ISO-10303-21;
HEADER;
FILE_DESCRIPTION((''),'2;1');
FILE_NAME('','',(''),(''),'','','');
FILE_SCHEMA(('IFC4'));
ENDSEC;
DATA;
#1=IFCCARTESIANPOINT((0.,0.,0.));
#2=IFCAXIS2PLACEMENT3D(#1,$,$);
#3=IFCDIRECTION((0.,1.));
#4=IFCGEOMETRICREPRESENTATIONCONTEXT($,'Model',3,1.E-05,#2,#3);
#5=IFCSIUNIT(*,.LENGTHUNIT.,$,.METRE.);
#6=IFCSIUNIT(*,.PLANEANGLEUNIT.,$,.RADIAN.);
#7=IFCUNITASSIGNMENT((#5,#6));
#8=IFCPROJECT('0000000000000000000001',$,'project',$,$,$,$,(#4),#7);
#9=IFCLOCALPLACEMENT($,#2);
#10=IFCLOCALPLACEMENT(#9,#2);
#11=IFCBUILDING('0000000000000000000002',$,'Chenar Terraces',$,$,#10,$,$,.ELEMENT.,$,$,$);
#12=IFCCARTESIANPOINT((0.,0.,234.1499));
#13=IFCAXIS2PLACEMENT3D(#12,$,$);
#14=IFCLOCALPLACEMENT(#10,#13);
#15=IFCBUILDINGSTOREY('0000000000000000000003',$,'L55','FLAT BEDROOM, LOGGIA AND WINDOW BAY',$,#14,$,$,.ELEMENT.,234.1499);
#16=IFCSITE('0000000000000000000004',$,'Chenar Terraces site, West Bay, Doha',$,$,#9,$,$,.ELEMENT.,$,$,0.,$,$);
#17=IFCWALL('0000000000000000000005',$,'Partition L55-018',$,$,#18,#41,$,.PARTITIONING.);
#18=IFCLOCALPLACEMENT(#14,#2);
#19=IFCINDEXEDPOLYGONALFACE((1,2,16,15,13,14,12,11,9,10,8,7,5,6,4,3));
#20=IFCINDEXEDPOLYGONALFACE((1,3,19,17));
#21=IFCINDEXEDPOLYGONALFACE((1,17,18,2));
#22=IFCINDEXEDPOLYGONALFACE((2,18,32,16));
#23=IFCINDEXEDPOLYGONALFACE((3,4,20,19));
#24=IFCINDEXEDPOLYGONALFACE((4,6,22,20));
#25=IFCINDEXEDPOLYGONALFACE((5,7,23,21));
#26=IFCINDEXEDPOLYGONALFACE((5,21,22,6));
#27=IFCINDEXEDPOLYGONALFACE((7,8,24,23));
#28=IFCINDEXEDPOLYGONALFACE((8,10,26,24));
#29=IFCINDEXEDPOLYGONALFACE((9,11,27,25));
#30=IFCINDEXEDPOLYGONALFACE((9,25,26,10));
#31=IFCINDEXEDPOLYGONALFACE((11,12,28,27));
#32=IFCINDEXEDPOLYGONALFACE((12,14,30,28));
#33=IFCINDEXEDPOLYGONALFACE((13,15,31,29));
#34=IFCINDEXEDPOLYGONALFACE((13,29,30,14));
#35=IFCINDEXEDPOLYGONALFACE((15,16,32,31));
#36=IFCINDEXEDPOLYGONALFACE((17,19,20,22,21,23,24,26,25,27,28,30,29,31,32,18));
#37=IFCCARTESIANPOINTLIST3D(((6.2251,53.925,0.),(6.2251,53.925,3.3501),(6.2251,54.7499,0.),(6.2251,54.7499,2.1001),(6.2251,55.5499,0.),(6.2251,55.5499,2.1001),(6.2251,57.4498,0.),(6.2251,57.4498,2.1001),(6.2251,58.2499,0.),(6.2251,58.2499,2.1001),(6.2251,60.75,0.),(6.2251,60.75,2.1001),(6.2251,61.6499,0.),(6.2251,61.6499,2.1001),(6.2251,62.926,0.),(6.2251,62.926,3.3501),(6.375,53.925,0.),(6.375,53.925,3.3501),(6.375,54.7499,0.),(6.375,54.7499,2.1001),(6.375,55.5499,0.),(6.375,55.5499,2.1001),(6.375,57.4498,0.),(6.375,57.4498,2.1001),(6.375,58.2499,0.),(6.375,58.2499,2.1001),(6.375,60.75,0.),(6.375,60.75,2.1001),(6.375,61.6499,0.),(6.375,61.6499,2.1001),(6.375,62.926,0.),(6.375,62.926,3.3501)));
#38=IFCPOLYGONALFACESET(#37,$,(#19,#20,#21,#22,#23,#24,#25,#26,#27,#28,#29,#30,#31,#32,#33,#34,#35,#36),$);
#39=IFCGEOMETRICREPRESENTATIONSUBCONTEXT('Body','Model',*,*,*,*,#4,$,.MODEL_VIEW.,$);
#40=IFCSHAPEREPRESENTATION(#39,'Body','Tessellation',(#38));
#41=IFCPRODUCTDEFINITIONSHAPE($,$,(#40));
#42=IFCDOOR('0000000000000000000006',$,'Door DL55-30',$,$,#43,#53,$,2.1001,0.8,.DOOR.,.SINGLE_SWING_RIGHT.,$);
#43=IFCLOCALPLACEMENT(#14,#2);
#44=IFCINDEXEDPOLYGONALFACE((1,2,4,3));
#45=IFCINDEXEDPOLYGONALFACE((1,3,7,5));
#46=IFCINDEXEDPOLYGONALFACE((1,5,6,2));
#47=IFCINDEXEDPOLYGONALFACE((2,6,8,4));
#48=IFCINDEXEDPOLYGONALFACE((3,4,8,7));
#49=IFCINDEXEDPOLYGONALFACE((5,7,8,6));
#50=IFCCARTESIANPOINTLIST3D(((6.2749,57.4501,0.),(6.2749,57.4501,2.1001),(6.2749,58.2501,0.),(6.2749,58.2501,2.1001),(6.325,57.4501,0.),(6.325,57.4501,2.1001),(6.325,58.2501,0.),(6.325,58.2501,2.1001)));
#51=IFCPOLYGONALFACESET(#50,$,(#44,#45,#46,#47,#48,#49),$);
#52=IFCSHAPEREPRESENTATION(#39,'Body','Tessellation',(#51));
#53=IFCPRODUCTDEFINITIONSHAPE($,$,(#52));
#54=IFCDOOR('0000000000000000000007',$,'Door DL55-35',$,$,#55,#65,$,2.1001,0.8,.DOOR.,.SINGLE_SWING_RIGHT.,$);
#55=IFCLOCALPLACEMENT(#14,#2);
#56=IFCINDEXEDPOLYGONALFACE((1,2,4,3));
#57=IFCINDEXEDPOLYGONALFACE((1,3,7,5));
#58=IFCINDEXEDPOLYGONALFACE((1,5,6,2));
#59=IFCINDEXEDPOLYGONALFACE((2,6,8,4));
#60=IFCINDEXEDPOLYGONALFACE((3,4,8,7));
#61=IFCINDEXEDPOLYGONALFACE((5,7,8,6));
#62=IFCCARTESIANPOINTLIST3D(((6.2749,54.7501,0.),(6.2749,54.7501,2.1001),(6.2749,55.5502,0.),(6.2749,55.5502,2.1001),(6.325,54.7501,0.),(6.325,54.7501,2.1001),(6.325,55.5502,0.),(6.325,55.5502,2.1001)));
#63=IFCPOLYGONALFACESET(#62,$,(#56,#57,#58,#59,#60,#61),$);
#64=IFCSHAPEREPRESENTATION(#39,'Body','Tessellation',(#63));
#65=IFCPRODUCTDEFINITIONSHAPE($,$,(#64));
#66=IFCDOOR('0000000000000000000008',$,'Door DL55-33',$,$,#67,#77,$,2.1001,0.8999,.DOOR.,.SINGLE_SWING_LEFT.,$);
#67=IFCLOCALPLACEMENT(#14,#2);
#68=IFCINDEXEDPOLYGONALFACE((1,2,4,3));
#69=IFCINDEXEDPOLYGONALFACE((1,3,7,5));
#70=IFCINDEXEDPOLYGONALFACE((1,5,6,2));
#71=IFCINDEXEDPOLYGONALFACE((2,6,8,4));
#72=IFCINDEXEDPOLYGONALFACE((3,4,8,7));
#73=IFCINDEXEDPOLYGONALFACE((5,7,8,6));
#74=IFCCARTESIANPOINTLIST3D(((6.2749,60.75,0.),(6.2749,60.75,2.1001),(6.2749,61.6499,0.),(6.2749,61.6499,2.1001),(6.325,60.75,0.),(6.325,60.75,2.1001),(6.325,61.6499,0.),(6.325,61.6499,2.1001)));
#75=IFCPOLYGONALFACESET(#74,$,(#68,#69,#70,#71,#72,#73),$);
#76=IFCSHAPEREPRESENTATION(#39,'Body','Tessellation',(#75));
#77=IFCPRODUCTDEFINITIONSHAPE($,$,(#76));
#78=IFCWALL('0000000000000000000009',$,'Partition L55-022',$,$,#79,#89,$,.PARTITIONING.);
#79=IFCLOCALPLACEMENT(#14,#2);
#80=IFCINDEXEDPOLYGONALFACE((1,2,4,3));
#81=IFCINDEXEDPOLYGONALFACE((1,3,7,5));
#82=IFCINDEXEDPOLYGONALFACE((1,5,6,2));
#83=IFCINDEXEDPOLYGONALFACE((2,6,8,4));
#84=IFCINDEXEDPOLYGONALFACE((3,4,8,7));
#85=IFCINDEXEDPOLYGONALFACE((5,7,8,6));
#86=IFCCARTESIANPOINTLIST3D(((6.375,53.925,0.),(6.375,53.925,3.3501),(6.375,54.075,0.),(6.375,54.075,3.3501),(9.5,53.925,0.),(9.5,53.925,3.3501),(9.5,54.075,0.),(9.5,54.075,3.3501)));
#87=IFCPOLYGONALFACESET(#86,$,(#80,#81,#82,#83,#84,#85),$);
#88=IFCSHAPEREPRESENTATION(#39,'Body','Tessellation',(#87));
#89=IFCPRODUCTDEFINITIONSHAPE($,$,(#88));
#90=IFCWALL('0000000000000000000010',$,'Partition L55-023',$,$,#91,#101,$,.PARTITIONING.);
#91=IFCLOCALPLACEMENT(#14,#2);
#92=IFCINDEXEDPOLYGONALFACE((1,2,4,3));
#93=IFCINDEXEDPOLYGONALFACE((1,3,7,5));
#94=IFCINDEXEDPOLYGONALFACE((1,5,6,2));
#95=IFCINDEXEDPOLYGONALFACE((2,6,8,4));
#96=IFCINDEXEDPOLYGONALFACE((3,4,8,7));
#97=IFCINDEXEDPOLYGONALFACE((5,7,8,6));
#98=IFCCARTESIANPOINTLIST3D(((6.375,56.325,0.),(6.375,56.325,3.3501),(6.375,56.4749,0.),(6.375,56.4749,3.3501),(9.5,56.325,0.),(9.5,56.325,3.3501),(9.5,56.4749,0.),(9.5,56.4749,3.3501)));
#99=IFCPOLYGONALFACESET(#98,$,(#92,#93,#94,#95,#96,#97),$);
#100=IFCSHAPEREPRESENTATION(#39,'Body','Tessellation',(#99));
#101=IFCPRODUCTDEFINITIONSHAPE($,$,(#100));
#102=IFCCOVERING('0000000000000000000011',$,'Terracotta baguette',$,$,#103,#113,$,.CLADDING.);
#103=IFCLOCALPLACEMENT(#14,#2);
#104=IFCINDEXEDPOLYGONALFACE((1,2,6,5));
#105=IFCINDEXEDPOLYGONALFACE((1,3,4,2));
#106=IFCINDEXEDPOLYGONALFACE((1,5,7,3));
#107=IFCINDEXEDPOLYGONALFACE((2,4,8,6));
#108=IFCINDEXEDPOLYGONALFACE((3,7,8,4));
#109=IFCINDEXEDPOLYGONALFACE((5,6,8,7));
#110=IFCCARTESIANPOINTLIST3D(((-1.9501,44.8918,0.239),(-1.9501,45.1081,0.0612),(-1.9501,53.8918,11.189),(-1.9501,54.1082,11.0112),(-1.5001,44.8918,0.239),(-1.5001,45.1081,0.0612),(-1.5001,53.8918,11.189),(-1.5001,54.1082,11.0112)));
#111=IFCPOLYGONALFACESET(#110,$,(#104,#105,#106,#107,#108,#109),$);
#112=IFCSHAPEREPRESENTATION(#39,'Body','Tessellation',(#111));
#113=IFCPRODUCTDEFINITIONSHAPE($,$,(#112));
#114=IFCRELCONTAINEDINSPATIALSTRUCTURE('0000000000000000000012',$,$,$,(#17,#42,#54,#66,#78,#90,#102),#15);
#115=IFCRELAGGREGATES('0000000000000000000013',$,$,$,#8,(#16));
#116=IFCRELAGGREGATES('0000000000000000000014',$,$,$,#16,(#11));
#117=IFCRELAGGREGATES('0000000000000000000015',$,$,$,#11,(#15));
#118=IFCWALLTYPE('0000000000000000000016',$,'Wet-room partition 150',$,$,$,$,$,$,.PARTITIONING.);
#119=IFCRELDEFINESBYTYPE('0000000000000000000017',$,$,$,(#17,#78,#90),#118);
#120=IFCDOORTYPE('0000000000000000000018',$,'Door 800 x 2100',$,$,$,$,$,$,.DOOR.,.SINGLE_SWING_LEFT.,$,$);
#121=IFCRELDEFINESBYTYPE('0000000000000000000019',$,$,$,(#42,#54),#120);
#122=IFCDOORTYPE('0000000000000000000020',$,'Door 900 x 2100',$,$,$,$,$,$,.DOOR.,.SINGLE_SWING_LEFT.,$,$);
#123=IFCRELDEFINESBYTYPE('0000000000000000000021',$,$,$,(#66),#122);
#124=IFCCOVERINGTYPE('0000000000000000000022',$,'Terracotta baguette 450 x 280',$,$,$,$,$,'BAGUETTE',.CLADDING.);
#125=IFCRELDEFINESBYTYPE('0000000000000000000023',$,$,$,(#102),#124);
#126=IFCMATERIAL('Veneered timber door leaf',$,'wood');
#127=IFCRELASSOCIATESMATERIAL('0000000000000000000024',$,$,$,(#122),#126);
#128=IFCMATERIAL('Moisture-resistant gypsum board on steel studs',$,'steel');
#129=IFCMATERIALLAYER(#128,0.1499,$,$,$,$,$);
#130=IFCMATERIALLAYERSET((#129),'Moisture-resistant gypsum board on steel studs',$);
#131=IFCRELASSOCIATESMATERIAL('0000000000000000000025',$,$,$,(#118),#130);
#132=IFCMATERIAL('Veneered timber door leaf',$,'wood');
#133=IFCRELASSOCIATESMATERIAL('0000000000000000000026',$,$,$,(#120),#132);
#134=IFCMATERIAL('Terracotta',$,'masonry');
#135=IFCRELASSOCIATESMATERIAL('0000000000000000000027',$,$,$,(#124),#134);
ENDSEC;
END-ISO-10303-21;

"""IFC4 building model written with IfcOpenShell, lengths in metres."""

from ifc_helpers import new_model, si_unit, direction, frame, frame_2d, origin, origin_2d, place, context, subcontext, project, spatial, rectangle, extrude, material, layer, layer_set, material_profile, profile_set, type_object, element, fill, save


model = new_model("IFC4")

# Units and contexts
model_context = context("Model", 3, precision=1e-05, world=origin(), true_north=direction((0.0, 1.0)))
body_context = subcontext(model_context, "Body", "Model", "MODEL_VIEW")
ifc_project = project(units=[si_unit("LENGTHUNIT", "METRE"), si_unit("PLANEANGLEUNIT", "RADIAN")], contexts=[model_context])

# Site, building, storey
site_placement = place(None, origin())
site = spatial("IfcSite", under=ifc_project, at=site_placement, Name="Chenar Terraces site, West Bay, Doha", CompositionType="ELEMENT", RefElevation=0.0)
building_placement = place(site_placement, origin())
building = spatial("IfcBuilding", under=site, at=building_placement, Name="Chenar Terraces", CompositionType="ELEMENT")
storey_placement = place(building_placement, frame((0.0, 0.0, 234.1499)))
storey = spatial("IfcBuildingStorey", under=building, at=storey_placement, Name="L55", Description="FLAT BEDROOM, LOGGIA AND WINDOW BAY", CompositionType="ELEMENT", Elevation=234.1499)

# Shared definitions
ifc_material_1 = material(Name="Veneered timber door leaf", Category="wood")
door_type_1 = type_object("IfcDoorType", Name="Door 900 x 2100", OperationType="SINGLE_SWING_LEFT", PredefinedType="DOOR", material=ifc_material_1)

# Wall, openings, doors
ifc_material_2 = material(Name="Moisture-resistant gypsum board on steel studs", Category="steel")
ifc_layer_1 = layer(ifc_material_2, 0.1499)
ifc_layer_set_1 = layer_set([ifc_layer_1], Name="Moisture-resistant gypsum board on steel studs")
wall_type_1 = type_object("IfcWallType", Name="Wet-room partition 150", PredefinedType="PARTITIONING", material=ifc_layer_set_1)
wall_1_placement = place(storey_placement, frame((6.3, 53.925, 0.0), z_axis=(0.0, 0.0, 1.0), x_axis=(0.0, 1.0, 0.0)))
wall_1 = element("IfcWall", 1, at=wall_1_placement, inside=storey, type_object=wall_type_1, Name="Partition L55-018", PredefinedType="PARTITIONING", context=body_context, shape_type="SweptSolid", body=[
    extrude(rectangle(XDim=9.001, YDim=0.1499, at=frame_2d((4.5005, 0.0))), origin(), (0.0, 0.0, 1.0), 3.3501),
])
opening_1_placement = place(wall_1_placement, frame((3.5249, 0.0, 0.0)))
opening_1 = element("IfcOpeningElement", 2, at=opening_1_placement, cuts=wall_1, PredefinedType="OPENING", context=body_context, shape_type="SweptSolid", body=[
    extrude(rectangle(XDim=0.8, YDim=2.1001, at=frame_2d((0.3999, 1.05))), frame((0.0, 0.085, 0.0), z_axis=(0.0, -1.0, 0.0), x_axis=(1.0, 0.0, 0.0)), (0.0, 0.0, 1.0), 0.1699),
])
opening_2_placement = place(wall_1_placement, frame((6.825, 0.0, 0.0)))
opening_2 = element("IfcOpeningElement", 3, at=opening_2_placement, cuts=wall_1, PredefinedType="OPENING", context=body_context, shape_type="SweptSolid", body=[
    extrude(rectangle(XDim=0.8999, YDim=2.1001, at=frame_2d((0.45, 1.05))), frame((0.0, 0.085, 0.0), z_axis=(0.0, -1.0, 0.0), x_axis=(1.0, 0.0, 0.0)), (0.0, 0.0, 1.0), 0.1699),
])
opening_3_placement = place(wall_1_placement, frame((0.825, 0.0, 0.0)))
opening_3 = element("IfcOpeningElement", 4, at=opening_3_placement, cuts=wall_1, PredefinedType="OPENING", context=body_context, shape_type="SweptSolid", body=[
    extrude(rectangle(XDim=0.8, YDim=2.1001, at=frame_2d((0.3999, 1.05))), frame((0.0, 0.085, 0.0), z_axis=(0.0, -1.0, 0.0), x_axis=(1.0, 0.0, 0.0)), (0.0, 0.0, 1.0), 0.1699),
])
ifc_material_3 = material(Name="Veneered timber door leaf", Category="wood")
door_type_2 = type_object("IfcDoorType", Name="Door 800 x 2100", OperationType="SINGLE_SWING_LEFT", PredefinedType="DOOR", material=ifc_material_3)
door_1_placement = place(opening_1_placement, frame((0.8, 0.0, 0.0), z_axis=(0.0, 0.0, 1.0), x_axis=(-1.0, 0.0, 0.0)))
door_1 = element("IfcDoor", 5, at=door_1_placement, inside=storey, type_object=door_type_2, Name="Door DL55-30", OperationType="SINGLE_SWING_RIGHT", OverallHeight=2.1001, OverallWidth=0.8, PredefinedType="DOOR", context=body_context, shape_type="SweptSolid", body=[
    extrude(rectangle(XDim=0.8, YDim=2.1001, at=frame_2d((0.3999, 1.05))), frame((0.0, 0.0249, 0.0), z_axis=(0.0, -1.0, 0.0), x_axis=(1.0, 0.0, 0.0)), (0.0, 0.0, 1.0), 0.05),
])
fill(opening_1, door_1)
door_2_placement = place(opening_3_placement, frame((0.8, 0.0, 0.0), z_axis=(0.0, 0.0, 1.0), x_axis=(-1.0, 0.0, 0.0)))
door_2 = element("IfcDoor", 6, at=door_2_placement, inside=storey, type_object=door_type_2, Name="Door DL55-35", OperationType="SINGLE_SWING_RIGHT", OverallHeight=2.1001, OverallWidth=0.8, PredefinedType="DOOR", context=body_context, shape_type="SweptSolid", body=[
    extrude(rectangle(XDim=0.8, YDim=2.1001, at=frame_2d((0.3999, 1.05))), frame((0.0, 0.0249, 0.0), z_axis=(0.0, -1.0, 0.0), x_axis=(1.0, 0.0, 0.0)), (0.0, 0.0, 1.0), 0.05),
])
fill(opening_3, door_2)
door_3_placement = place(opening_2_placement, frame((0.8999, 0.0, 0.0), z_axis=(0.0, 0.0, 1.0), x_axis=(-1.0, 0.0, 0.0)))
door_3 = element("IfcDoor", 7, at=door_3_placement, inside=storey, type_object=door_type_1, Name="Door DL55-33", OperationType="SINGLE_SWING_LEFT", OverallHeight=2.1001, OverallWidth=0.8999, PredefinedType="DOOR", context=body_context, shape_type="SweptSolid", body=[
    extrude(rectangle(XDim=0.8999, YDim=2.1001, at=frame_2d((0.45, 1.05))), frame((0.0, 0.0249, 0.0), z_axis=(0.0, -1.0, 0.0), x_axis=(1.0, 0.0, 0.0)), (0.0, 0.0, 1.0), 0.05),
])
fill(opening_2, door_3)

# Walls
for number, where, z_axis, x_axis, name in (
    (8, (6.375, 54.0, 0.0), (0.0, 0.0, 1.0), (1.0, 0.0, 0.0), "Partition L55-022"),
    (9, (6.375, 56.3999, 0.0), (0.0, 0.0, 1.0), (1.0, 0.0, 0.0), "Partition L55-023"),
):
    element("IfcWall", number, at=place(storey_placement, frame(where, z_axis=z_axis, x_axis=x_axis)), inside=storey, type_object=wall_type_1, Name=name, PredefinedType="PARTITIONING", context=body_context, shape_type="SweptSolid", body=[
        extrude(rectangle(XDim=3.125, YDim=0.1499, at=frame_2d((1.5625, 0.0))), origin(), (0.0, 0.0, 1.0), 3.3501),
    ])

# Covering
ifc_material_4 = material(Name="Terracotta", Category="masonry")
ifc_material_profile_1 = material_profile(ifc_material_4, rectangle(XDim=0.45, YDim=0.28, at=origin_2d()), Name="Terracotta baguette 450 x 280")
ifc_profile_set_1 = profile_set([ifc_material_profile_1], Name="Terracotta")
covering_type = type_object("IfcCoveringType", Name="Terracotta baguette 450 x 280", ElementType="BAGUETTE", PredefinedType="CLADDING", material=ifc_profile_set_1)
covering_placement = place(storey_placement, frame((-1.7251, 54.0, 11.1001), z_axis=(0.0, -0.634967, -0.772539), x_axis=(1.0, 0.0, 0.0)))
element("IfcCovering", 10, at=covering_placement, inside=storey, type_object=covering_type, Name="Terracotta baguette", PredefinedType="CLADDING", context=body_context, shape_type="SweptSolid", body=[
    extrude(rectangle(XDim=0.45, YDim=0.28, at=origin_2d()), origin(), (0.0, 0.0, 1.0), 14.1741),
])

save(model, "model.ifc")
